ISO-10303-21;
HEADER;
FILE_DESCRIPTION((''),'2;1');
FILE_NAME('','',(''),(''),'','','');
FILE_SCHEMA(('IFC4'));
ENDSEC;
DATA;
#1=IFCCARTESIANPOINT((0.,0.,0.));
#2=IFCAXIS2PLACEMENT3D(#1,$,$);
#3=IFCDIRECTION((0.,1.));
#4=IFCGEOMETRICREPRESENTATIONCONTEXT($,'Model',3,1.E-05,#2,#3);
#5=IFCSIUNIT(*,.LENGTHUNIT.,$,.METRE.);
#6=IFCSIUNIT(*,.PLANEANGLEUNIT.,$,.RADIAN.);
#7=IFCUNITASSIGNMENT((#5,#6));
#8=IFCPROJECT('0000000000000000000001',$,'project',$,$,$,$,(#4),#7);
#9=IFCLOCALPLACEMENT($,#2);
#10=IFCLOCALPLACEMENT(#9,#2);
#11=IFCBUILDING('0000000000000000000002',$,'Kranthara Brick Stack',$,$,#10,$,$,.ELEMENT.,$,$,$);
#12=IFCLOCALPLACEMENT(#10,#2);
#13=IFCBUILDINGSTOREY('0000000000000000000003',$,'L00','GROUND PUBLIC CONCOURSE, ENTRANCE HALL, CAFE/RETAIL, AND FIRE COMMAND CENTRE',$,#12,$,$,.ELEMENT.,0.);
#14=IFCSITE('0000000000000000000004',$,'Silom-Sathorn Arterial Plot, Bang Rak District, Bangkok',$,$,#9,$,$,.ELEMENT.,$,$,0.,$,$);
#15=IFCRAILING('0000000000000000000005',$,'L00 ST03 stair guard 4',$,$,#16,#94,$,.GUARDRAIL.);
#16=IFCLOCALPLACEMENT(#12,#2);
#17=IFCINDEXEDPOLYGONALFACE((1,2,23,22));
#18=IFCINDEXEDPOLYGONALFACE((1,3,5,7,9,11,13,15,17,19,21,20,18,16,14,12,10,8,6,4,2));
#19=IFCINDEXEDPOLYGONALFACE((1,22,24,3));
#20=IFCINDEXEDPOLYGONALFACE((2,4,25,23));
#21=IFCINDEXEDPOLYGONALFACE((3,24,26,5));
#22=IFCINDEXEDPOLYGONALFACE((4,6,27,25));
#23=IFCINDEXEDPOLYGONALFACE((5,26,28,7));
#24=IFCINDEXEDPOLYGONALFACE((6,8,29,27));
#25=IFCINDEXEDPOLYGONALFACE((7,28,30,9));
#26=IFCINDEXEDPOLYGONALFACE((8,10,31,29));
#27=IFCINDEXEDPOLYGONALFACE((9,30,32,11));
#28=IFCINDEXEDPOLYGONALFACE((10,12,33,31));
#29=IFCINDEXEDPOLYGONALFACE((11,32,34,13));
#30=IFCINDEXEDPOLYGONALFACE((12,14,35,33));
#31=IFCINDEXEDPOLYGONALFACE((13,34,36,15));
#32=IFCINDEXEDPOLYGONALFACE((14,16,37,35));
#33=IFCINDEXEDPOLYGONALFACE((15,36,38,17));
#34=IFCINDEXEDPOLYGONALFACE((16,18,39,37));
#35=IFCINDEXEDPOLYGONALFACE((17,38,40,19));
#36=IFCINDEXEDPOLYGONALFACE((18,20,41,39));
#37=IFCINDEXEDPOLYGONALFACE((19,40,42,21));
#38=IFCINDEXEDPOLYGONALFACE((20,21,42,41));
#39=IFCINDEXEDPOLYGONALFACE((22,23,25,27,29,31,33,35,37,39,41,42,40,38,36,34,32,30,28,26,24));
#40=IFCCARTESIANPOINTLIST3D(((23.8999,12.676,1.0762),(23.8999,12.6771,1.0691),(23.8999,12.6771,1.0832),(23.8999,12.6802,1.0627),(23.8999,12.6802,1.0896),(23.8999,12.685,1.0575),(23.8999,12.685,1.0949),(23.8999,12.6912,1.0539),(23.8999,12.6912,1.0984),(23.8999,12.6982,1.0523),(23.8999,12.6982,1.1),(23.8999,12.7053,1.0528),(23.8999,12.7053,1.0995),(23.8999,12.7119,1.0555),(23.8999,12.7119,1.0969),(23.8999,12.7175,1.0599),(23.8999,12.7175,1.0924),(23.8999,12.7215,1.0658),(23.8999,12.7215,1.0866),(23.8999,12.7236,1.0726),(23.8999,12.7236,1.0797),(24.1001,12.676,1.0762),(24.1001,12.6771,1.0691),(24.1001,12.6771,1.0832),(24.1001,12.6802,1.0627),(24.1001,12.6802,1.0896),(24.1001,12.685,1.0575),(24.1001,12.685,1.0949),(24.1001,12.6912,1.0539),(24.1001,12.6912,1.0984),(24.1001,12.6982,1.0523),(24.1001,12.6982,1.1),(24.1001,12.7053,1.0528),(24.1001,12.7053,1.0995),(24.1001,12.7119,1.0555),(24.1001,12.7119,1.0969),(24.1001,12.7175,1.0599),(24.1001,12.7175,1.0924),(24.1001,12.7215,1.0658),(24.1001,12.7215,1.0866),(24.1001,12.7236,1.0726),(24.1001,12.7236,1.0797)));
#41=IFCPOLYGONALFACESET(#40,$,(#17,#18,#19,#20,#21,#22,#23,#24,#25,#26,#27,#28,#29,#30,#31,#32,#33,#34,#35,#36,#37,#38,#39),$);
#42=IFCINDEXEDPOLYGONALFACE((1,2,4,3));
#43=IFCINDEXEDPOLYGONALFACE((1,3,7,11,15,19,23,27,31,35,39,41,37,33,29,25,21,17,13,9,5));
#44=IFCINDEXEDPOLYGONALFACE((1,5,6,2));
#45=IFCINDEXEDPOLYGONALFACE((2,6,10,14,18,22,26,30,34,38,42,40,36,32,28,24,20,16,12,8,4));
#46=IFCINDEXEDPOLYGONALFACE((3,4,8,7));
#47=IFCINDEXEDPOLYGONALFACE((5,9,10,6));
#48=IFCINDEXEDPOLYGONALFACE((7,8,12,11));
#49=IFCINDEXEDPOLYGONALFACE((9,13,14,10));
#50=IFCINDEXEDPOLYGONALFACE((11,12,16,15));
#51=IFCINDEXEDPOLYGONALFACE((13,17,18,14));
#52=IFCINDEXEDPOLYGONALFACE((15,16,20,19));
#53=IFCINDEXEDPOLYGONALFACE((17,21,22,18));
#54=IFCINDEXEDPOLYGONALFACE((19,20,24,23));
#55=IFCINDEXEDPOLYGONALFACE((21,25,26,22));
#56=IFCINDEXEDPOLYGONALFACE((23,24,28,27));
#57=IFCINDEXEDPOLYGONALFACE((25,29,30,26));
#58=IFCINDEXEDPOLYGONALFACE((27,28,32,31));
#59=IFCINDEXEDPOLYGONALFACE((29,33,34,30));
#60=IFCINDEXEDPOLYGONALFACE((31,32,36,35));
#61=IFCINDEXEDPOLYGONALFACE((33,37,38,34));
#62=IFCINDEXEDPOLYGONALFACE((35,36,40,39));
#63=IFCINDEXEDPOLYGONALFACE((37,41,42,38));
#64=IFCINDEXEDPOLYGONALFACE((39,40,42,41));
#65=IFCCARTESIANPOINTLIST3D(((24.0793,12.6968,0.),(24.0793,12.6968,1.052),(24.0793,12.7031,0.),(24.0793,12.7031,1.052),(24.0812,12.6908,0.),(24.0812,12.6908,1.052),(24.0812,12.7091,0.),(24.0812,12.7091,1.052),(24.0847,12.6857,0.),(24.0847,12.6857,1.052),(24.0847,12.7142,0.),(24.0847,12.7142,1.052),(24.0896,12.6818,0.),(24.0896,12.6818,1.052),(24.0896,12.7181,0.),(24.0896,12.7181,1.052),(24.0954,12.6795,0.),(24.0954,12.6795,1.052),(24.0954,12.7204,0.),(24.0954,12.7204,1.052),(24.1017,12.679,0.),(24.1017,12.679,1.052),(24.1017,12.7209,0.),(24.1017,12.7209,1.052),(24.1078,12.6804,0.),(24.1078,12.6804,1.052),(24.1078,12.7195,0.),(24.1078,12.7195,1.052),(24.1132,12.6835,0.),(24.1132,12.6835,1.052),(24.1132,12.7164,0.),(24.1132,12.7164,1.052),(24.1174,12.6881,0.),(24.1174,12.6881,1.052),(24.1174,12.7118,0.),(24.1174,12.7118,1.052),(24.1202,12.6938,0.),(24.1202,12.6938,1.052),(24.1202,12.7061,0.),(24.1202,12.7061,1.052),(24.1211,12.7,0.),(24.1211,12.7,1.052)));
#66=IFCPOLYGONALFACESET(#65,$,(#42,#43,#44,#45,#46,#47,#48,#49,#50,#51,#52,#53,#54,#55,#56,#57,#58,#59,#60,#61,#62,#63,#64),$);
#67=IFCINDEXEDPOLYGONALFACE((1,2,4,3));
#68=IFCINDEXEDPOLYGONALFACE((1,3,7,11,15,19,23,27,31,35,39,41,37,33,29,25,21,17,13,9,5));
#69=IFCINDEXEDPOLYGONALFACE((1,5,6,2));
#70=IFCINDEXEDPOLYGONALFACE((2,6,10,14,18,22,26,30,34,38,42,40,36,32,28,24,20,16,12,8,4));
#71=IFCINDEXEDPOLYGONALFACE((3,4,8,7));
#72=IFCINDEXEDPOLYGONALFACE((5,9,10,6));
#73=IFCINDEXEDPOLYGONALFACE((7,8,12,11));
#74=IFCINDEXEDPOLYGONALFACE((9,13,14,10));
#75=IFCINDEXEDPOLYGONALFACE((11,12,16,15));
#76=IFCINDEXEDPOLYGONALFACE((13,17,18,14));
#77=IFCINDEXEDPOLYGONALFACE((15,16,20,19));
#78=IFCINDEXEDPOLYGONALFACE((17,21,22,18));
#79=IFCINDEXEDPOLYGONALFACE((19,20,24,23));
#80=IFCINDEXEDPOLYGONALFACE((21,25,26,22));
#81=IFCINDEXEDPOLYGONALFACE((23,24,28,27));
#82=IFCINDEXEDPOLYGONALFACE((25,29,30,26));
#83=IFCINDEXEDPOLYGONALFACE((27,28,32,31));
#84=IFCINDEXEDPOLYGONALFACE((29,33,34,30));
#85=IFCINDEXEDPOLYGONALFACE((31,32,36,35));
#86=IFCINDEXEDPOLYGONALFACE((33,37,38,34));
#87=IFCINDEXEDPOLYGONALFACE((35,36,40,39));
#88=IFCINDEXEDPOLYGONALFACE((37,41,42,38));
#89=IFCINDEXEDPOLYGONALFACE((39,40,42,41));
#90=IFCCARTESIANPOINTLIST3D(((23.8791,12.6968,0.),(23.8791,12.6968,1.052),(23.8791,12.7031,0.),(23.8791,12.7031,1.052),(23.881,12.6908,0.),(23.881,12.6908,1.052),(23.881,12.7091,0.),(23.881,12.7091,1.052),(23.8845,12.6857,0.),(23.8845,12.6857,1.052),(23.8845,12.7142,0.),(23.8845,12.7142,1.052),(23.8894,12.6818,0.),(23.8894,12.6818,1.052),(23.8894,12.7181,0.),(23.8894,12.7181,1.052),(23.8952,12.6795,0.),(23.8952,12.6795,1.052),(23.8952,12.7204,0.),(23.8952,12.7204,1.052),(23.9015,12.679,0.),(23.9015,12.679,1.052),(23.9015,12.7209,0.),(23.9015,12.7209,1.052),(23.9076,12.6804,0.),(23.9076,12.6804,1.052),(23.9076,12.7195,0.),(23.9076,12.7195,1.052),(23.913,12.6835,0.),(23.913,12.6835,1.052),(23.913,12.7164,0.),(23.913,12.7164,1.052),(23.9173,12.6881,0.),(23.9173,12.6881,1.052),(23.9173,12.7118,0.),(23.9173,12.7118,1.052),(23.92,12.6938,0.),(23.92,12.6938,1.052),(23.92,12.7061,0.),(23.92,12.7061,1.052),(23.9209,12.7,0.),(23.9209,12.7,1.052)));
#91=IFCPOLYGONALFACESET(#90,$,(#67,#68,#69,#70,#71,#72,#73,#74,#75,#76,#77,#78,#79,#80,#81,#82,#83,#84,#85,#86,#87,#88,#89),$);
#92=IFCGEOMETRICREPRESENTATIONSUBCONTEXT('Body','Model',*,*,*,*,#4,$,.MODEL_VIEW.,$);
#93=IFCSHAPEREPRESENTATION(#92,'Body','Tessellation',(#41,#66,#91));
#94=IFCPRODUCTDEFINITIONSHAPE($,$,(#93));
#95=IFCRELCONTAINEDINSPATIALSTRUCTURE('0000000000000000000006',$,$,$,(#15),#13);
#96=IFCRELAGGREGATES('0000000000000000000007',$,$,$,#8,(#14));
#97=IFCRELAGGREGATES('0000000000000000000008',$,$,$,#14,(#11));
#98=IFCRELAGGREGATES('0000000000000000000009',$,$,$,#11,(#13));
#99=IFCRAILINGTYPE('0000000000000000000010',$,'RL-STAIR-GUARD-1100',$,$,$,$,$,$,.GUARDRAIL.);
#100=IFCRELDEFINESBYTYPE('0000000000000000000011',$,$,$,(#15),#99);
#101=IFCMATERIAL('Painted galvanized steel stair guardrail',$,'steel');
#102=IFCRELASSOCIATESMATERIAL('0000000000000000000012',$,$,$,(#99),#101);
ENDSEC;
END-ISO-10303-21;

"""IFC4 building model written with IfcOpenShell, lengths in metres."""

from ifc_helpers import new_model, si_unit, direction, frame, origin, origin_2d, place, context, subcontext, project, spatial, circle, extrude, material, type_object, element, save


model = new_model("IFC4")

# Units and contexts
model_context = context("Model", 3, precision=1e-05, world=origin(), true_north=direction((0.0, 1.0)))
body_context = subcontext(model_context, "Body", "Model", "MODEL_VIEW")
ifc_project = project(units=[si_unit("LENGTHUNIT", "METRE"), si_unit("PLANEANGLEUNIT", "RADIAN")], contexts=[model_context])

# Site, building, storey
site_placement = place(None, origin())
site = spatial("IfcSite", under=ifc_project, at=site_placement, Name="Silom-Sathorn Arterial Plot, Bang Rak District, Bangkok", CompositionType="ELEMENT", RefElevation=0.0)
building_placement = place(site_placement, origin())
building = spatial("IfcBuilding", under=site, at=building_placement, Name="Kranthara Brick Stack", CompositionType="ELEMENT")
storey_placement = place(building_placement, origin())
storey = spatial("IfcBuildingStorey", under=building, at=storey_placement, Name="L00", Description="GROUND PUBLIC CONCOURSE, ENTRANCE HALL, CAFE/RETAIL, AND FIRE COMMAND CENTRE", CompositionType="ELEMENT", Elevation=0.0)

# Railing
ifc_material_1 = material(Name="Painted galvanized steel stair guardrail", Category="steel")
railing_type_1 = type_object("IfcRailingType", Name="RL-STAIR-GUARD-1100", PredefinedType="GUARDRAIL", material=ifc_material_1)
railing_1_placement = place(storey_placement, frame((24.1001, 12.7, 0.0)))
element("IfcRailing", 1, at=railing_1_placement, inside=storey, type_object=railing_type_1, Name="L00 ST03 stair guard 4", PredefinedType="GUARDRAIL", context=body_context, shape_type="SweptSolid", body=[
    extrude(circle(Radius=0.0239, at=origin_2d()), frame((0.0, 0.0, 1.0762), z_axis=(-1.0, 0.0, 0.0), x_axis=(0.0, -1.0, 0.0)), (0.0, 0.0, 1.0), 0.2002),
    extrude(circle(Radius=0.021, at=origin_2d()), origin(), (0.0, 0.0, 1.0), 1.052),
    extrude(circle(Radius=0.021, at=origin_2d()), frame((-0.2002, 0.0, 0.0)), (0.0, 0.0, 1.0), 1.052),
])

save(model, "model.ifc")
